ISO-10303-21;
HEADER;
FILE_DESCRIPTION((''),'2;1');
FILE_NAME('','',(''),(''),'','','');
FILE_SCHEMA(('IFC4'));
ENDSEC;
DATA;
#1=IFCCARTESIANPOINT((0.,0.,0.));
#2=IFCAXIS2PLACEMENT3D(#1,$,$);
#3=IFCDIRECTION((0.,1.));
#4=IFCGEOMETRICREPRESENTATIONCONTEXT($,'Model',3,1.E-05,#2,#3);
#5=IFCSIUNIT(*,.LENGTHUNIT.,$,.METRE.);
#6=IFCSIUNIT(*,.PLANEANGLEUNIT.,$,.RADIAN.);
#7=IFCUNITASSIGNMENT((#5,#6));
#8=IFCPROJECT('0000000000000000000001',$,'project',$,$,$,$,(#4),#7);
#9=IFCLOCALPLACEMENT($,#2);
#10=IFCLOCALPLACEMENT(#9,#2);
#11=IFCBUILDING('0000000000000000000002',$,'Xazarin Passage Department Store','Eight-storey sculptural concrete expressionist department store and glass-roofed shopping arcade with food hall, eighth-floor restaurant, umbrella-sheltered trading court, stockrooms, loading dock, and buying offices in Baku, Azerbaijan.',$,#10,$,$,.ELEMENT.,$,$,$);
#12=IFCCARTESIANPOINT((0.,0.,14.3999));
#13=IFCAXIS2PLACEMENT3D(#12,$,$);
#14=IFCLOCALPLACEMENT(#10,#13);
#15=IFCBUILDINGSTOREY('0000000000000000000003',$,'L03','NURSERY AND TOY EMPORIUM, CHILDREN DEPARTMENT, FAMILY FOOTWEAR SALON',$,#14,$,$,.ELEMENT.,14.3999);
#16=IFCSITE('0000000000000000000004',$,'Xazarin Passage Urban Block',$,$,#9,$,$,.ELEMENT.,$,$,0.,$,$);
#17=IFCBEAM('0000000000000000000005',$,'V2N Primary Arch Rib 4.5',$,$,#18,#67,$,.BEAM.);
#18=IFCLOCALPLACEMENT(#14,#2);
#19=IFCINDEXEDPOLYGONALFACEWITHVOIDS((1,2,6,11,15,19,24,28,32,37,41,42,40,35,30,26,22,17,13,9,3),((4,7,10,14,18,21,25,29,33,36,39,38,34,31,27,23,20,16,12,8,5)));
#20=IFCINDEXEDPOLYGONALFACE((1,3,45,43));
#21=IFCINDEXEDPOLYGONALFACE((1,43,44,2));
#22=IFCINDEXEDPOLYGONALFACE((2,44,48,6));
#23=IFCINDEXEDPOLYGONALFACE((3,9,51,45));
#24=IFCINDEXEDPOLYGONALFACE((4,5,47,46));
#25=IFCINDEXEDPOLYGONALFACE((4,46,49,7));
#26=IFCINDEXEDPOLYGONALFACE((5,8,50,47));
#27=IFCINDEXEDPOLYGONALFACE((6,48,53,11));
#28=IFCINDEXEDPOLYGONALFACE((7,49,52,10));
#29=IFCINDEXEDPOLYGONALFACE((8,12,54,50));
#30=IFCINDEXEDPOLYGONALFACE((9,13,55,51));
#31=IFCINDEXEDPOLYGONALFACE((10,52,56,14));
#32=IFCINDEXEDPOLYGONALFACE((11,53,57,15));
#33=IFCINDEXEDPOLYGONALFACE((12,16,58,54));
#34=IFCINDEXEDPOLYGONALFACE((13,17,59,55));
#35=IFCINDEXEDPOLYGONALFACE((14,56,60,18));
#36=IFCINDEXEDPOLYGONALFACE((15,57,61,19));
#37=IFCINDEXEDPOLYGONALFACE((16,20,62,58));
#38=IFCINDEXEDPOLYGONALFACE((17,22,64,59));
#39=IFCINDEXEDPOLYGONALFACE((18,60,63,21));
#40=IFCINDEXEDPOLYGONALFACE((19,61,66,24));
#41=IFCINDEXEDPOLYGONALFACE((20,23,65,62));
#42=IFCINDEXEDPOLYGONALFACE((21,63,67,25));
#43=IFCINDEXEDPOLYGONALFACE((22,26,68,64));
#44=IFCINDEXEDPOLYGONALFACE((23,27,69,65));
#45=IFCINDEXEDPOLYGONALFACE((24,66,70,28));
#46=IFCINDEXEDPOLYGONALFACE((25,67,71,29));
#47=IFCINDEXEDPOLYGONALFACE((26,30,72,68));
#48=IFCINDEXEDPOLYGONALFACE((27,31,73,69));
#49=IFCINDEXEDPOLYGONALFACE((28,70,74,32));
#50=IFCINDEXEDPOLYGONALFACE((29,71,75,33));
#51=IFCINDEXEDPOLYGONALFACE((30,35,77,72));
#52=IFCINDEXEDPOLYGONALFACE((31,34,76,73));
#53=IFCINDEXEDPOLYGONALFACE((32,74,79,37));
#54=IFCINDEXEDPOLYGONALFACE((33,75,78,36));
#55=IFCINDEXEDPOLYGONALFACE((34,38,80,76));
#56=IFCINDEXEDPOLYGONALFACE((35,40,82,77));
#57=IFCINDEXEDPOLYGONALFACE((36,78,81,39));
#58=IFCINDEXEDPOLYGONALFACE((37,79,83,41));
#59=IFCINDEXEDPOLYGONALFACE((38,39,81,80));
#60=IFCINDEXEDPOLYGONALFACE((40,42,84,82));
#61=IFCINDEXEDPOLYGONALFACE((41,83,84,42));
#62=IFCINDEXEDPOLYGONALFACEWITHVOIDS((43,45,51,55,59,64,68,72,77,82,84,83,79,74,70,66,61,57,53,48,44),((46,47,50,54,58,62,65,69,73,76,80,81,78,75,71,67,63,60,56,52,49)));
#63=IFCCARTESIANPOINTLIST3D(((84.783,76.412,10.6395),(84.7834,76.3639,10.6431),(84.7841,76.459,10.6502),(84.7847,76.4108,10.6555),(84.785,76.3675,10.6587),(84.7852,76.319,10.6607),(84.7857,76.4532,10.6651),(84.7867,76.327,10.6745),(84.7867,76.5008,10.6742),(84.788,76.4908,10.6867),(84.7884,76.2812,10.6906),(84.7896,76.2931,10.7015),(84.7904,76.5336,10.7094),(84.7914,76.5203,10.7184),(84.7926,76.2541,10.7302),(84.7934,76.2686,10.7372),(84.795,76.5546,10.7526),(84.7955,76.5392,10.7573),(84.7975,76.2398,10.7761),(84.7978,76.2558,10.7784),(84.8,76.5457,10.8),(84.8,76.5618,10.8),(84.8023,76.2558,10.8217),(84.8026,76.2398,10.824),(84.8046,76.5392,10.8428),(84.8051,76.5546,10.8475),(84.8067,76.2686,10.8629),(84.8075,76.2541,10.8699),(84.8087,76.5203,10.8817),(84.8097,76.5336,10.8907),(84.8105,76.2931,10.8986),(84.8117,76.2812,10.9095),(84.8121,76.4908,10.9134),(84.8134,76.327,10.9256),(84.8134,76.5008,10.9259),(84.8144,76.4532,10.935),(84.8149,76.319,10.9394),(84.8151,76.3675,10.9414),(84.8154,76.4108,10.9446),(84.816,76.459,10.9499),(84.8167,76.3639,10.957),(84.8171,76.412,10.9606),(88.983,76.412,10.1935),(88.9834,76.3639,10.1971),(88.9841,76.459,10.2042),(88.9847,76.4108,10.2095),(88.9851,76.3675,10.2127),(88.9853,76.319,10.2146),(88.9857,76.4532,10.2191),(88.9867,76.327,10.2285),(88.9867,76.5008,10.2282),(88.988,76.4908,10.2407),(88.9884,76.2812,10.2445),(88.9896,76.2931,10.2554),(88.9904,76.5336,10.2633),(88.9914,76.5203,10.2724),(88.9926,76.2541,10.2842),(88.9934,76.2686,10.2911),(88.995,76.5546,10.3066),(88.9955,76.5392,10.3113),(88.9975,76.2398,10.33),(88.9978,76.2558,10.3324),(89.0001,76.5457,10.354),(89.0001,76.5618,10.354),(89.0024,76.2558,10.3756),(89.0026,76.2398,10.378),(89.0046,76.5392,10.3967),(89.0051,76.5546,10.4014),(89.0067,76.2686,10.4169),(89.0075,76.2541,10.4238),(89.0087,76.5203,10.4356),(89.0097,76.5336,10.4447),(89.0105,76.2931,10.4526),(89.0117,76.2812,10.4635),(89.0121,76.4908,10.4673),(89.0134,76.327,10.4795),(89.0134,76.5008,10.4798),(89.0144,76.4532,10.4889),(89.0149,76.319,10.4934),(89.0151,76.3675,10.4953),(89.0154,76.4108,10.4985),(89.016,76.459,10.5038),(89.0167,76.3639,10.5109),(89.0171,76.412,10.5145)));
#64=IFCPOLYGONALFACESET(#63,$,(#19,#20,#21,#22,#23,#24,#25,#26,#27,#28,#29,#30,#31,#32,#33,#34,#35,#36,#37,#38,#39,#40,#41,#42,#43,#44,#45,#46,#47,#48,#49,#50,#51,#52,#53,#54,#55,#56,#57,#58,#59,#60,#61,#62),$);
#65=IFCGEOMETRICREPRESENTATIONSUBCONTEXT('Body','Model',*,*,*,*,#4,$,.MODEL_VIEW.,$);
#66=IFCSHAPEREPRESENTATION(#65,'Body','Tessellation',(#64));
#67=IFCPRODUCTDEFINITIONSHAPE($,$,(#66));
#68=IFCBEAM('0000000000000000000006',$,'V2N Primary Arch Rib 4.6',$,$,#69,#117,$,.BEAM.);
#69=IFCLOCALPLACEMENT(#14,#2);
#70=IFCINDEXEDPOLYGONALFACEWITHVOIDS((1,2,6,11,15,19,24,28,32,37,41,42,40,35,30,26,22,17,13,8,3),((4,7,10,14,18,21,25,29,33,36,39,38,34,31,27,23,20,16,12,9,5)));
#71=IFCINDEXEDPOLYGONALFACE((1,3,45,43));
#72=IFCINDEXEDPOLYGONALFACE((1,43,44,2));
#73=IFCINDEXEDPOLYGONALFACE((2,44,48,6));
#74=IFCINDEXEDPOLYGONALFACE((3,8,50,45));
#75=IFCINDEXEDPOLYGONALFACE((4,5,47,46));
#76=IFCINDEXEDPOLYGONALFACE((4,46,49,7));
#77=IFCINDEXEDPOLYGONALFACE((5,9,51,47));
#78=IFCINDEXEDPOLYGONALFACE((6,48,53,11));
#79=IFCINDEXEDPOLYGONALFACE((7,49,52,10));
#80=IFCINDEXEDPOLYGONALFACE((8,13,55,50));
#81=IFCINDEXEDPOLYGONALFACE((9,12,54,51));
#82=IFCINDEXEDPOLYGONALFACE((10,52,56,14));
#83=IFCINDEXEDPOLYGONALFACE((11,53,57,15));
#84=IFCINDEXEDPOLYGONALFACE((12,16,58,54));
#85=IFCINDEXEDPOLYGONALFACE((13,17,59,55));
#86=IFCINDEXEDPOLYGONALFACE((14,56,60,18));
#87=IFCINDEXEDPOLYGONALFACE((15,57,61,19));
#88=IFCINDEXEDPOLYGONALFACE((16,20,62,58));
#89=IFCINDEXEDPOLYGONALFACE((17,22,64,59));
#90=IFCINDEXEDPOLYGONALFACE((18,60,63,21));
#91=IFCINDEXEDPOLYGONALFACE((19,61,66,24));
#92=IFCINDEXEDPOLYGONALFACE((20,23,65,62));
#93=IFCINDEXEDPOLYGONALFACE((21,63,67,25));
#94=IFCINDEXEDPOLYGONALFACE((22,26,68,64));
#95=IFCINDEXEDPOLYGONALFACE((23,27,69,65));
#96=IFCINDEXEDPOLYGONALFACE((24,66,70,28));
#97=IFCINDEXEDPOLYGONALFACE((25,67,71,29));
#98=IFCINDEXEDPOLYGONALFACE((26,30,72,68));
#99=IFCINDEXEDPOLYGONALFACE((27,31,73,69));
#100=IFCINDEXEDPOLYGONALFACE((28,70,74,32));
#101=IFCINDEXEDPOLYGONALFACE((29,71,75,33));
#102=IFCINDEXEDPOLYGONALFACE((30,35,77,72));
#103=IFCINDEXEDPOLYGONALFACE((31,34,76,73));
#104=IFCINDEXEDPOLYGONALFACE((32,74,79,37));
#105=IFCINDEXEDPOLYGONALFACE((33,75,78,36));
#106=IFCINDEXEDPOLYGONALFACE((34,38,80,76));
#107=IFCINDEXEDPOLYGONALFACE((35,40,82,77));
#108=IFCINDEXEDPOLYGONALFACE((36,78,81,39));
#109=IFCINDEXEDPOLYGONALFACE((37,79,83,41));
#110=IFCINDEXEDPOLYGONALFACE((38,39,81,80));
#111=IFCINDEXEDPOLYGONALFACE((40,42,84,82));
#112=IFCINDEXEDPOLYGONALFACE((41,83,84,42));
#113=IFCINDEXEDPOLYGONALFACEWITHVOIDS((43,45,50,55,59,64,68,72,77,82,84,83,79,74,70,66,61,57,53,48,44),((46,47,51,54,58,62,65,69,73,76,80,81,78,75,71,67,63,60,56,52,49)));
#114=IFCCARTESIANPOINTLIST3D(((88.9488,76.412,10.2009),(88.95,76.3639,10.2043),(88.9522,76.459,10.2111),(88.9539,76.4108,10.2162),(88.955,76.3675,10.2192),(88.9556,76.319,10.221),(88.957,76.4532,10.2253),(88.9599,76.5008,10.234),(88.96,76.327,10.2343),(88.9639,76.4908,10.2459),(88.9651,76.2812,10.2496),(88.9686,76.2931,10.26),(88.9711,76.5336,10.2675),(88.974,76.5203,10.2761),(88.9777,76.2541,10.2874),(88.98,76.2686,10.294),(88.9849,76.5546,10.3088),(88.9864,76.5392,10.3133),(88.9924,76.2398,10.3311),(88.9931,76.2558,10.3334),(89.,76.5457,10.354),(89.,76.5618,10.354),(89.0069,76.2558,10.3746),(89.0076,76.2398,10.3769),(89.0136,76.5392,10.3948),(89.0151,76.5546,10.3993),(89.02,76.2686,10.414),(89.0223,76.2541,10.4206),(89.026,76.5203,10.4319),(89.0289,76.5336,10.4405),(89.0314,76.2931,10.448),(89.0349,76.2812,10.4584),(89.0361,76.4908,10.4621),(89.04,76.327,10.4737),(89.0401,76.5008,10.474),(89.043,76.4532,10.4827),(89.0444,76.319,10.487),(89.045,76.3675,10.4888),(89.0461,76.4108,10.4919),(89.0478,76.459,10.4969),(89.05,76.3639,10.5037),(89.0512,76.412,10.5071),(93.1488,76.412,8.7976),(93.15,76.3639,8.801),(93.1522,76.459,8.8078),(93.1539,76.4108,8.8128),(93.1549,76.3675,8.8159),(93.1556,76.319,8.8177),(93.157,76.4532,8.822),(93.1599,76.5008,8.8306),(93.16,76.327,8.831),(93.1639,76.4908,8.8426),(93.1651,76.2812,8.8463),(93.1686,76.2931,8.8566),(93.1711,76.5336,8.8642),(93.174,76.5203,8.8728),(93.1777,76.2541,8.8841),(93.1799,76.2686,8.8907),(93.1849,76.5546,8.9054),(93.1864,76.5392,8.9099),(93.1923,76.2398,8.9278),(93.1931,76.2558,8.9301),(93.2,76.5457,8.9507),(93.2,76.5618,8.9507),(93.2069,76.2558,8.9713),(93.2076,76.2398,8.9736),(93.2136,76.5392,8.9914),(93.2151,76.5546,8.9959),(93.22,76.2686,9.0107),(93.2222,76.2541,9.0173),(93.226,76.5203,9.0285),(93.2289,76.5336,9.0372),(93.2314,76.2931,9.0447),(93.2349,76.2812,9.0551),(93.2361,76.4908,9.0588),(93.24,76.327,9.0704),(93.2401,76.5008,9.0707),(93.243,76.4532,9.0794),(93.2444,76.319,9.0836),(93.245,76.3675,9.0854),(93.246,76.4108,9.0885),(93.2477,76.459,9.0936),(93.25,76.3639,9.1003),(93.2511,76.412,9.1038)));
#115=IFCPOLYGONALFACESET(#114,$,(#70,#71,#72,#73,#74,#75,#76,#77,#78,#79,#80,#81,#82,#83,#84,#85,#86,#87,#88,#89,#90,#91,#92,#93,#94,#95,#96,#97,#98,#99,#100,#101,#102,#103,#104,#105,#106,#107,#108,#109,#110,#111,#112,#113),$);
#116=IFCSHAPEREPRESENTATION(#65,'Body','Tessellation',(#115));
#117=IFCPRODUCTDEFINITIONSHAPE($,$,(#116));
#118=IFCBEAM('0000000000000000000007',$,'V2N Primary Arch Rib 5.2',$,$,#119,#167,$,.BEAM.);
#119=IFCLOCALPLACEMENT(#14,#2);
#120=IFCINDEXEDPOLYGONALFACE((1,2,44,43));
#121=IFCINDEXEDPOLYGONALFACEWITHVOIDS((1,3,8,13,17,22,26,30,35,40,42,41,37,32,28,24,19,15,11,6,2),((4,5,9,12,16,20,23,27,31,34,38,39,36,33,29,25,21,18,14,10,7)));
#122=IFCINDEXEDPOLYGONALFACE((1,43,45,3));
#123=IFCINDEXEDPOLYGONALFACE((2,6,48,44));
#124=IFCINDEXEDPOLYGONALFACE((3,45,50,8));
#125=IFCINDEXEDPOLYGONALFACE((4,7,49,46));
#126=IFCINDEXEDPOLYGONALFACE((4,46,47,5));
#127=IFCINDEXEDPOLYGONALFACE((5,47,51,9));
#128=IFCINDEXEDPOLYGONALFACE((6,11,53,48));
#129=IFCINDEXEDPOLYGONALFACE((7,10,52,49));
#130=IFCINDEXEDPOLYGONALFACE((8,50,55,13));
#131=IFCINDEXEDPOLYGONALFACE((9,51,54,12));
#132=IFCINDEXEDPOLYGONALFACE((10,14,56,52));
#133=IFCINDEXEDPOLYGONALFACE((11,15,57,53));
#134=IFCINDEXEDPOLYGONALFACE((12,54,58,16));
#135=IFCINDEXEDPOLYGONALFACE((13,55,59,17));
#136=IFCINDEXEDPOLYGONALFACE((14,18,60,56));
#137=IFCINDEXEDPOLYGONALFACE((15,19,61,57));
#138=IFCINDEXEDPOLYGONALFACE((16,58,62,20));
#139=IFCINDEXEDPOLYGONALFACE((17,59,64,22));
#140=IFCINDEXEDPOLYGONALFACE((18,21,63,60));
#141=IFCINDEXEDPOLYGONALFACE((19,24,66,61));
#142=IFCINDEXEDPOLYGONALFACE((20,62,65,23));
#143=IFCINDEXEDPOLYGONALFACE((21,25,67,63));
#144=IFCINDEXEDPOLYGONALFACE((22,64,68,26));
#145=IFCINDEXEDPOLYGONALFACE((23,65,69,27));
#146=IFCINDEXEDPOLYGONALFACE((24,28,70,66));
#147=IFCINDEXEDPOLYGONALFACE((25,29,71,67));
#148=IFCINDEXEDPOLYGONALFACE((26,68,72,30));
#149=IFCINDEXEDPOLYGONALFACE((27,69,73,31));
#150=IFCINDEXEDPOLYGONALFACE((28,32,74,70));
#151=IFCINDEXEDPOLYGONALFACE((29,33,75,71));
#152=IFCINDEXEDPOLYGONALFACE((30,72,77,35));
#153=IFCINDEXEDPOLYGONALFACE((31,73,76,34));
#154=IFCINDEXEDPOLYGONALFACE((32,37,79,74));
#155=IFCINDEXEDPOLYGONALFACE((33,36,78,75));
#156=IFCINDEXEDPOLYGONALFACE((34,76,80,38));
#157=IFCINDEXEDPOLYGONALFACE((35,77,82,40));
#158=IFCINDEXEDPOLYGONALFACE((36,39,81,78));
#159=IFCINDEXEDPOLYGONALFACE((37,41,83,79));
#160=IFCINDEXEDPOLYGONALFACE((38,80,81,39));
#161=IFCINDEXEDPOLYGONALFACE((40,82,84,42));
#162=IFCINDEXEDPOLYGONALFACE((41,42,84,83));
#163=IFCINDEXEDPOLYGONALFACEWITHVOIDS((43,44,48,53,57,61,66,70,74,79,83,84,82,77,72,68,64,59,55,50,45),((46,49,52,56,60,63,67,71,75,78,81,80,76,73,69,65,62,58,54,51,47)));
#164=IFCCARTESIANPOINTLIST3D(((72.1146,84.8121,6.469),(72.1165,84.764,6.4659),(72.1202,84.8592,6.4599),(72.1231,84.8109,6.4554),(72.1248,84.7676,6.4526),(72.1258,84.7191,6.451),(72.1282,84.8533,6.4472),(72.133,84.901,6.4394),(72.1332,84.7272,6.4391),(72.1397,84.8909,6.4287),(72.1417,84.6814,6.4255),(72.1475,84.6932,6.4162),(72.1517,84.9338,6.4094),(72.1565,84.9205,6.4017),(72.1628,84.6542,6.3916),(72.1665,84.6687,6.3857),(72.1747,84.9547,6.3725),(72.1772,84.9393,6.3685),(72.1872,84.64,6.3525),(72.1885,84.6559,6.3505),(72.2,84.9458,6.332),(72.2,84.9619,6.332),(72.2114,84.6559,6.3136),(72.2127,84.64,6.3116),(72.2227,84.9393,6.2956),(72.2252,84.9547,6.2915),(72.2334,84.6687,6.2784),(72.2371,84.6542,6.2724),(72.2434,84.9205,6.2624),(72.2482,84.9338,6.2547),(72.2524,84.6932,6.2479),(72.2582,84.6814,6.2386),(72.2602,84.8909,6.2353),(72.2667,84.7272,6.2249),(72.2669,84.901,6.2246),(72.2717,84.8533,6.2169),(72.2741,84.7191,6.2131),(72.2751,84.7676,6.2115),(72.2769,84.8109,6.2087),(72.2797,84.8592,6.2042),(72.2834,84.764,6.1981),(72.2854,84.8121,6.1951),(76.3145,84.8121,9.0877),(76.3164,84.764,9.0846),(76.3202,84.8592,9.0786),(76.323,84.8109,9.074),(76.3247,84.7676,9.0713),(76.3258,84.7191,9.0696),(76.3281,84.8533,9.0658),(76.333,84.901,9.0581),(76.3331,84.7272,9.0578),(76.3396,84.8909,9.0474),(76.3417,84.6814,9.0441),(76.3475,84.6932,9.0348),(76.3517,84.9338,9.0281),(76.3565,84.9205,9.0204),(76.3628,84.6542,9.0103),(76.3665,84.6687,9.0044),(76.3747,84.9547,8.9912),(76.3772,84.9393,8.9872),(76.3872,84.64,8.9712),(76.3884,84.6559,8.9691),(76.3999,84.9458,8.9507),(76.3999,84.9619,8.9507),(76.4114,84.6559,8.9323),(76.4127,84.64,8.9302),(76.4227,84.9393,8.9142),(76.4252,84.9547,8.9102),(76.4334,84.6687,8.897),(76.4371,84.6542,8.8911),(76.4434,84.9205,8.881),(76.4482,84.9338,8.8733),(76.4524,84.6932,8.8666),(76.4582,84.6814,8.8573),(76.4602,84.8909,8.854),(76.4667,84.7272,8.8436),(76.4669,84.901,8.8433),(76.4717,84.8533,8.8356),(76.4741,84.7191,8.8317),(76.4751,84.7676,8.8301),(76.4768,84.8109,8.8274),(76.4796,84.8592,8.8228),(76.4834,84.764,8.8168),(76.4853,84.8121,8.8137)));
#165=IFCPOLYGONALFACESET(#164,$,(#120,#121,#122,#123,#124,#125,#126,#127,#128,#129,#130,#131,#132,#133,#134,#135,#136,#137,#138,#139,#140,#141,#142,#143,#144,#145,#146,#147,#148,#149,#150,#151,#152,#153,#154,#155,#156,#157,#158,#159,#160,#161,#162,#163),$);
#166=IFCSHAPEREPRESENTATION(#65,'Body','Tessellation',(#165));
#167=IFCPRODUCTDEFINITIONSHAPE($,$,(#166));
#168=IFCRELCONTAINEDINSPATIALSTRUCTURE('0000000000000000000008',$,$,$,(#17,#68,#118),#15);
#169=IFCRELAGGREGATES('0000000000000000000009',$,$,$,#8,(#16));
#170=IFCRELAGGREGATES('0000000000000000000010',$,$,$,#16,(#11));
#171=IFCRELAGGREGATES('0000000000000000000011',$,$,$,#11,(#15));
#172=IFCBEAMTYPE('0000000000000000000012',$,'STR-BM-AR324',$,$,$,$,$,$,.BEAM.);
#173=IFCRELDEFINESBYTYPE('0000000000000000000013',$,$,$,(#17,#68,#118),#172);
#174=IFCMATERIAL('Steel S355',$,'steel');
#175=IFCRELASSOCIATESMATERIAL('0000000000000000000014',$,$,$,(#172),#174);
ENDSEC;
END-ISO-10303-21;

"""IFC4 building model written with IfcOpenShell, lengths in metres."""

from ifc_helpers import new_model, si_unit, direction, frame, origin, origin_2d, place, context, subcontext, project, spatial, hollow_circle, extrude, material, material_profile, profile_set, type_object, element, save


model = new_model("IFC4")

# Units and contexts
model_context = context("Model", 3, precision=1e-05, world=origin(), true_north=direction((0.0, 1.0)))
body_context = subcontext(model_context, "Body", "Model", "MODEL_VIEW")
ifc_project = project(units=[si_unit("LENGTHUNIT", "METRE"), si_unit("PLANEANGLEUNIT", "RADIAN")], contexts=[model_context])

# Site, building, storey
site_placement = place(None, origin())
site = spatial("IfcSite", under=ifc_project, at=site_placement, Name="Xazarin Passage Urban Block", CompositionType="ELEMENT", RefElevation=0.0)
building_placement = place(site_placement, origin())
building = spatial("IfcBuilding", under=site, at=building_placement, Name="Xazarin Passage Department Store", Description="Eight-storey sculptural concrete expressionist department store and glass-roofed shopping arcade with food hall, eighth-floor restaurant, umbrella-sheltered trading court, stockrooms, loading dock, and buying offices in Baku, Azerbaijan.", CompositionType="ELEMENT")
storey_placement = place(building_placement, frame((0.0, 0.0, 14.3999)))
storey = spatial("IfcBuildingStorey", under=building, at=storey_placement, Name="L03", Description="NURSERY AND TOY EMPORIUM, CHILDREN DEPARTMENT, FAMILY FOOTWEAR SALON", CompositionType="ELEMENT", Elevation=14.3999)

# Beams
ifc_material_1 = material(Name="Steel S355", Category="steel")
ifc_material_profile_1 = material_profile(ifc_material_1, hollow_circle(Radius=0.1619, WallThickness=0.0161, at=origin_2d()), Name="CHS 323.9x16")
ifc_profile_set_1 = profile_set([ifc_material_profile_1], Name="Steel S355")
beam_type_1 = type_object("IfcBeamType", Name="STR-BM-AR324", PredefinedType="BEAM", material=ifc_profile_set_1)
for number, where, z_axis, x_axis, name in (
    (1, (84.8, 76.3999, 10.8), (0.994408, 0.0, -0.105608), (0.0, 1.0, 0.0), "V2N Primary Arch Rib 4.5"),
):
    element("IfcBeam", number, at=place(storey_placement, frame(where, z_axis=z_axis, x_axis=x_axis)), inside=storey, type_object=beam_type_1, Name=name, PredefinedType="BEAM", context=body_context, shape_type="SweptSolid", body=[
        extrude(hollow_circle(Radius=0.1619, WallThickness=0.0161, at=origin_2d()), origin(), (0.0, 0.0, 1.0), 4.2236),
    ])
beam_1_placement = place(storey_placement, frame((89.0, 76.3999, 10.354), z_axis=(0.948457, 0.0, -0.316906), x_axis=(0.0, 1.0, 0.0)))
element("IfcBeam", 2, at=beam_1_placement, inside=storey, type_object=beam_type_1, Name="V2N Primary Arch Rib 4.6", PredefinedType="BEAM", context=body_context, shape_type="SweptSolid", body=[
    extrude(hollow_circle(Radius=0.1619, WallThickness=0.0161, at=origin_2d()), origin(), (0.0, 0.0, 1.0), 4.4282),
])
beam_2_placement = place(storey_placement, frame((72.2, 84.8, 6.332), z_axis=(0.848571, 0.0, 0.529081), x_axis=(0.0, 1.0, 0.0)))
element("IfcBeam", 3, at=beam_2_placement, inside=storey, type_object=beam_type_1, Name="V2N Primary Arch Rib 5.2", PredefinedType="BEAM", context=body_context, shape_type="SweptSolid", body=[
    extrude(hollow_circle(Radius=0.1619, WallThickness=0.0161, at=origin_2d()), origin(), (0.0, 0.0, 1.0), 4.9495),
])

save(model, "model.ifc")
